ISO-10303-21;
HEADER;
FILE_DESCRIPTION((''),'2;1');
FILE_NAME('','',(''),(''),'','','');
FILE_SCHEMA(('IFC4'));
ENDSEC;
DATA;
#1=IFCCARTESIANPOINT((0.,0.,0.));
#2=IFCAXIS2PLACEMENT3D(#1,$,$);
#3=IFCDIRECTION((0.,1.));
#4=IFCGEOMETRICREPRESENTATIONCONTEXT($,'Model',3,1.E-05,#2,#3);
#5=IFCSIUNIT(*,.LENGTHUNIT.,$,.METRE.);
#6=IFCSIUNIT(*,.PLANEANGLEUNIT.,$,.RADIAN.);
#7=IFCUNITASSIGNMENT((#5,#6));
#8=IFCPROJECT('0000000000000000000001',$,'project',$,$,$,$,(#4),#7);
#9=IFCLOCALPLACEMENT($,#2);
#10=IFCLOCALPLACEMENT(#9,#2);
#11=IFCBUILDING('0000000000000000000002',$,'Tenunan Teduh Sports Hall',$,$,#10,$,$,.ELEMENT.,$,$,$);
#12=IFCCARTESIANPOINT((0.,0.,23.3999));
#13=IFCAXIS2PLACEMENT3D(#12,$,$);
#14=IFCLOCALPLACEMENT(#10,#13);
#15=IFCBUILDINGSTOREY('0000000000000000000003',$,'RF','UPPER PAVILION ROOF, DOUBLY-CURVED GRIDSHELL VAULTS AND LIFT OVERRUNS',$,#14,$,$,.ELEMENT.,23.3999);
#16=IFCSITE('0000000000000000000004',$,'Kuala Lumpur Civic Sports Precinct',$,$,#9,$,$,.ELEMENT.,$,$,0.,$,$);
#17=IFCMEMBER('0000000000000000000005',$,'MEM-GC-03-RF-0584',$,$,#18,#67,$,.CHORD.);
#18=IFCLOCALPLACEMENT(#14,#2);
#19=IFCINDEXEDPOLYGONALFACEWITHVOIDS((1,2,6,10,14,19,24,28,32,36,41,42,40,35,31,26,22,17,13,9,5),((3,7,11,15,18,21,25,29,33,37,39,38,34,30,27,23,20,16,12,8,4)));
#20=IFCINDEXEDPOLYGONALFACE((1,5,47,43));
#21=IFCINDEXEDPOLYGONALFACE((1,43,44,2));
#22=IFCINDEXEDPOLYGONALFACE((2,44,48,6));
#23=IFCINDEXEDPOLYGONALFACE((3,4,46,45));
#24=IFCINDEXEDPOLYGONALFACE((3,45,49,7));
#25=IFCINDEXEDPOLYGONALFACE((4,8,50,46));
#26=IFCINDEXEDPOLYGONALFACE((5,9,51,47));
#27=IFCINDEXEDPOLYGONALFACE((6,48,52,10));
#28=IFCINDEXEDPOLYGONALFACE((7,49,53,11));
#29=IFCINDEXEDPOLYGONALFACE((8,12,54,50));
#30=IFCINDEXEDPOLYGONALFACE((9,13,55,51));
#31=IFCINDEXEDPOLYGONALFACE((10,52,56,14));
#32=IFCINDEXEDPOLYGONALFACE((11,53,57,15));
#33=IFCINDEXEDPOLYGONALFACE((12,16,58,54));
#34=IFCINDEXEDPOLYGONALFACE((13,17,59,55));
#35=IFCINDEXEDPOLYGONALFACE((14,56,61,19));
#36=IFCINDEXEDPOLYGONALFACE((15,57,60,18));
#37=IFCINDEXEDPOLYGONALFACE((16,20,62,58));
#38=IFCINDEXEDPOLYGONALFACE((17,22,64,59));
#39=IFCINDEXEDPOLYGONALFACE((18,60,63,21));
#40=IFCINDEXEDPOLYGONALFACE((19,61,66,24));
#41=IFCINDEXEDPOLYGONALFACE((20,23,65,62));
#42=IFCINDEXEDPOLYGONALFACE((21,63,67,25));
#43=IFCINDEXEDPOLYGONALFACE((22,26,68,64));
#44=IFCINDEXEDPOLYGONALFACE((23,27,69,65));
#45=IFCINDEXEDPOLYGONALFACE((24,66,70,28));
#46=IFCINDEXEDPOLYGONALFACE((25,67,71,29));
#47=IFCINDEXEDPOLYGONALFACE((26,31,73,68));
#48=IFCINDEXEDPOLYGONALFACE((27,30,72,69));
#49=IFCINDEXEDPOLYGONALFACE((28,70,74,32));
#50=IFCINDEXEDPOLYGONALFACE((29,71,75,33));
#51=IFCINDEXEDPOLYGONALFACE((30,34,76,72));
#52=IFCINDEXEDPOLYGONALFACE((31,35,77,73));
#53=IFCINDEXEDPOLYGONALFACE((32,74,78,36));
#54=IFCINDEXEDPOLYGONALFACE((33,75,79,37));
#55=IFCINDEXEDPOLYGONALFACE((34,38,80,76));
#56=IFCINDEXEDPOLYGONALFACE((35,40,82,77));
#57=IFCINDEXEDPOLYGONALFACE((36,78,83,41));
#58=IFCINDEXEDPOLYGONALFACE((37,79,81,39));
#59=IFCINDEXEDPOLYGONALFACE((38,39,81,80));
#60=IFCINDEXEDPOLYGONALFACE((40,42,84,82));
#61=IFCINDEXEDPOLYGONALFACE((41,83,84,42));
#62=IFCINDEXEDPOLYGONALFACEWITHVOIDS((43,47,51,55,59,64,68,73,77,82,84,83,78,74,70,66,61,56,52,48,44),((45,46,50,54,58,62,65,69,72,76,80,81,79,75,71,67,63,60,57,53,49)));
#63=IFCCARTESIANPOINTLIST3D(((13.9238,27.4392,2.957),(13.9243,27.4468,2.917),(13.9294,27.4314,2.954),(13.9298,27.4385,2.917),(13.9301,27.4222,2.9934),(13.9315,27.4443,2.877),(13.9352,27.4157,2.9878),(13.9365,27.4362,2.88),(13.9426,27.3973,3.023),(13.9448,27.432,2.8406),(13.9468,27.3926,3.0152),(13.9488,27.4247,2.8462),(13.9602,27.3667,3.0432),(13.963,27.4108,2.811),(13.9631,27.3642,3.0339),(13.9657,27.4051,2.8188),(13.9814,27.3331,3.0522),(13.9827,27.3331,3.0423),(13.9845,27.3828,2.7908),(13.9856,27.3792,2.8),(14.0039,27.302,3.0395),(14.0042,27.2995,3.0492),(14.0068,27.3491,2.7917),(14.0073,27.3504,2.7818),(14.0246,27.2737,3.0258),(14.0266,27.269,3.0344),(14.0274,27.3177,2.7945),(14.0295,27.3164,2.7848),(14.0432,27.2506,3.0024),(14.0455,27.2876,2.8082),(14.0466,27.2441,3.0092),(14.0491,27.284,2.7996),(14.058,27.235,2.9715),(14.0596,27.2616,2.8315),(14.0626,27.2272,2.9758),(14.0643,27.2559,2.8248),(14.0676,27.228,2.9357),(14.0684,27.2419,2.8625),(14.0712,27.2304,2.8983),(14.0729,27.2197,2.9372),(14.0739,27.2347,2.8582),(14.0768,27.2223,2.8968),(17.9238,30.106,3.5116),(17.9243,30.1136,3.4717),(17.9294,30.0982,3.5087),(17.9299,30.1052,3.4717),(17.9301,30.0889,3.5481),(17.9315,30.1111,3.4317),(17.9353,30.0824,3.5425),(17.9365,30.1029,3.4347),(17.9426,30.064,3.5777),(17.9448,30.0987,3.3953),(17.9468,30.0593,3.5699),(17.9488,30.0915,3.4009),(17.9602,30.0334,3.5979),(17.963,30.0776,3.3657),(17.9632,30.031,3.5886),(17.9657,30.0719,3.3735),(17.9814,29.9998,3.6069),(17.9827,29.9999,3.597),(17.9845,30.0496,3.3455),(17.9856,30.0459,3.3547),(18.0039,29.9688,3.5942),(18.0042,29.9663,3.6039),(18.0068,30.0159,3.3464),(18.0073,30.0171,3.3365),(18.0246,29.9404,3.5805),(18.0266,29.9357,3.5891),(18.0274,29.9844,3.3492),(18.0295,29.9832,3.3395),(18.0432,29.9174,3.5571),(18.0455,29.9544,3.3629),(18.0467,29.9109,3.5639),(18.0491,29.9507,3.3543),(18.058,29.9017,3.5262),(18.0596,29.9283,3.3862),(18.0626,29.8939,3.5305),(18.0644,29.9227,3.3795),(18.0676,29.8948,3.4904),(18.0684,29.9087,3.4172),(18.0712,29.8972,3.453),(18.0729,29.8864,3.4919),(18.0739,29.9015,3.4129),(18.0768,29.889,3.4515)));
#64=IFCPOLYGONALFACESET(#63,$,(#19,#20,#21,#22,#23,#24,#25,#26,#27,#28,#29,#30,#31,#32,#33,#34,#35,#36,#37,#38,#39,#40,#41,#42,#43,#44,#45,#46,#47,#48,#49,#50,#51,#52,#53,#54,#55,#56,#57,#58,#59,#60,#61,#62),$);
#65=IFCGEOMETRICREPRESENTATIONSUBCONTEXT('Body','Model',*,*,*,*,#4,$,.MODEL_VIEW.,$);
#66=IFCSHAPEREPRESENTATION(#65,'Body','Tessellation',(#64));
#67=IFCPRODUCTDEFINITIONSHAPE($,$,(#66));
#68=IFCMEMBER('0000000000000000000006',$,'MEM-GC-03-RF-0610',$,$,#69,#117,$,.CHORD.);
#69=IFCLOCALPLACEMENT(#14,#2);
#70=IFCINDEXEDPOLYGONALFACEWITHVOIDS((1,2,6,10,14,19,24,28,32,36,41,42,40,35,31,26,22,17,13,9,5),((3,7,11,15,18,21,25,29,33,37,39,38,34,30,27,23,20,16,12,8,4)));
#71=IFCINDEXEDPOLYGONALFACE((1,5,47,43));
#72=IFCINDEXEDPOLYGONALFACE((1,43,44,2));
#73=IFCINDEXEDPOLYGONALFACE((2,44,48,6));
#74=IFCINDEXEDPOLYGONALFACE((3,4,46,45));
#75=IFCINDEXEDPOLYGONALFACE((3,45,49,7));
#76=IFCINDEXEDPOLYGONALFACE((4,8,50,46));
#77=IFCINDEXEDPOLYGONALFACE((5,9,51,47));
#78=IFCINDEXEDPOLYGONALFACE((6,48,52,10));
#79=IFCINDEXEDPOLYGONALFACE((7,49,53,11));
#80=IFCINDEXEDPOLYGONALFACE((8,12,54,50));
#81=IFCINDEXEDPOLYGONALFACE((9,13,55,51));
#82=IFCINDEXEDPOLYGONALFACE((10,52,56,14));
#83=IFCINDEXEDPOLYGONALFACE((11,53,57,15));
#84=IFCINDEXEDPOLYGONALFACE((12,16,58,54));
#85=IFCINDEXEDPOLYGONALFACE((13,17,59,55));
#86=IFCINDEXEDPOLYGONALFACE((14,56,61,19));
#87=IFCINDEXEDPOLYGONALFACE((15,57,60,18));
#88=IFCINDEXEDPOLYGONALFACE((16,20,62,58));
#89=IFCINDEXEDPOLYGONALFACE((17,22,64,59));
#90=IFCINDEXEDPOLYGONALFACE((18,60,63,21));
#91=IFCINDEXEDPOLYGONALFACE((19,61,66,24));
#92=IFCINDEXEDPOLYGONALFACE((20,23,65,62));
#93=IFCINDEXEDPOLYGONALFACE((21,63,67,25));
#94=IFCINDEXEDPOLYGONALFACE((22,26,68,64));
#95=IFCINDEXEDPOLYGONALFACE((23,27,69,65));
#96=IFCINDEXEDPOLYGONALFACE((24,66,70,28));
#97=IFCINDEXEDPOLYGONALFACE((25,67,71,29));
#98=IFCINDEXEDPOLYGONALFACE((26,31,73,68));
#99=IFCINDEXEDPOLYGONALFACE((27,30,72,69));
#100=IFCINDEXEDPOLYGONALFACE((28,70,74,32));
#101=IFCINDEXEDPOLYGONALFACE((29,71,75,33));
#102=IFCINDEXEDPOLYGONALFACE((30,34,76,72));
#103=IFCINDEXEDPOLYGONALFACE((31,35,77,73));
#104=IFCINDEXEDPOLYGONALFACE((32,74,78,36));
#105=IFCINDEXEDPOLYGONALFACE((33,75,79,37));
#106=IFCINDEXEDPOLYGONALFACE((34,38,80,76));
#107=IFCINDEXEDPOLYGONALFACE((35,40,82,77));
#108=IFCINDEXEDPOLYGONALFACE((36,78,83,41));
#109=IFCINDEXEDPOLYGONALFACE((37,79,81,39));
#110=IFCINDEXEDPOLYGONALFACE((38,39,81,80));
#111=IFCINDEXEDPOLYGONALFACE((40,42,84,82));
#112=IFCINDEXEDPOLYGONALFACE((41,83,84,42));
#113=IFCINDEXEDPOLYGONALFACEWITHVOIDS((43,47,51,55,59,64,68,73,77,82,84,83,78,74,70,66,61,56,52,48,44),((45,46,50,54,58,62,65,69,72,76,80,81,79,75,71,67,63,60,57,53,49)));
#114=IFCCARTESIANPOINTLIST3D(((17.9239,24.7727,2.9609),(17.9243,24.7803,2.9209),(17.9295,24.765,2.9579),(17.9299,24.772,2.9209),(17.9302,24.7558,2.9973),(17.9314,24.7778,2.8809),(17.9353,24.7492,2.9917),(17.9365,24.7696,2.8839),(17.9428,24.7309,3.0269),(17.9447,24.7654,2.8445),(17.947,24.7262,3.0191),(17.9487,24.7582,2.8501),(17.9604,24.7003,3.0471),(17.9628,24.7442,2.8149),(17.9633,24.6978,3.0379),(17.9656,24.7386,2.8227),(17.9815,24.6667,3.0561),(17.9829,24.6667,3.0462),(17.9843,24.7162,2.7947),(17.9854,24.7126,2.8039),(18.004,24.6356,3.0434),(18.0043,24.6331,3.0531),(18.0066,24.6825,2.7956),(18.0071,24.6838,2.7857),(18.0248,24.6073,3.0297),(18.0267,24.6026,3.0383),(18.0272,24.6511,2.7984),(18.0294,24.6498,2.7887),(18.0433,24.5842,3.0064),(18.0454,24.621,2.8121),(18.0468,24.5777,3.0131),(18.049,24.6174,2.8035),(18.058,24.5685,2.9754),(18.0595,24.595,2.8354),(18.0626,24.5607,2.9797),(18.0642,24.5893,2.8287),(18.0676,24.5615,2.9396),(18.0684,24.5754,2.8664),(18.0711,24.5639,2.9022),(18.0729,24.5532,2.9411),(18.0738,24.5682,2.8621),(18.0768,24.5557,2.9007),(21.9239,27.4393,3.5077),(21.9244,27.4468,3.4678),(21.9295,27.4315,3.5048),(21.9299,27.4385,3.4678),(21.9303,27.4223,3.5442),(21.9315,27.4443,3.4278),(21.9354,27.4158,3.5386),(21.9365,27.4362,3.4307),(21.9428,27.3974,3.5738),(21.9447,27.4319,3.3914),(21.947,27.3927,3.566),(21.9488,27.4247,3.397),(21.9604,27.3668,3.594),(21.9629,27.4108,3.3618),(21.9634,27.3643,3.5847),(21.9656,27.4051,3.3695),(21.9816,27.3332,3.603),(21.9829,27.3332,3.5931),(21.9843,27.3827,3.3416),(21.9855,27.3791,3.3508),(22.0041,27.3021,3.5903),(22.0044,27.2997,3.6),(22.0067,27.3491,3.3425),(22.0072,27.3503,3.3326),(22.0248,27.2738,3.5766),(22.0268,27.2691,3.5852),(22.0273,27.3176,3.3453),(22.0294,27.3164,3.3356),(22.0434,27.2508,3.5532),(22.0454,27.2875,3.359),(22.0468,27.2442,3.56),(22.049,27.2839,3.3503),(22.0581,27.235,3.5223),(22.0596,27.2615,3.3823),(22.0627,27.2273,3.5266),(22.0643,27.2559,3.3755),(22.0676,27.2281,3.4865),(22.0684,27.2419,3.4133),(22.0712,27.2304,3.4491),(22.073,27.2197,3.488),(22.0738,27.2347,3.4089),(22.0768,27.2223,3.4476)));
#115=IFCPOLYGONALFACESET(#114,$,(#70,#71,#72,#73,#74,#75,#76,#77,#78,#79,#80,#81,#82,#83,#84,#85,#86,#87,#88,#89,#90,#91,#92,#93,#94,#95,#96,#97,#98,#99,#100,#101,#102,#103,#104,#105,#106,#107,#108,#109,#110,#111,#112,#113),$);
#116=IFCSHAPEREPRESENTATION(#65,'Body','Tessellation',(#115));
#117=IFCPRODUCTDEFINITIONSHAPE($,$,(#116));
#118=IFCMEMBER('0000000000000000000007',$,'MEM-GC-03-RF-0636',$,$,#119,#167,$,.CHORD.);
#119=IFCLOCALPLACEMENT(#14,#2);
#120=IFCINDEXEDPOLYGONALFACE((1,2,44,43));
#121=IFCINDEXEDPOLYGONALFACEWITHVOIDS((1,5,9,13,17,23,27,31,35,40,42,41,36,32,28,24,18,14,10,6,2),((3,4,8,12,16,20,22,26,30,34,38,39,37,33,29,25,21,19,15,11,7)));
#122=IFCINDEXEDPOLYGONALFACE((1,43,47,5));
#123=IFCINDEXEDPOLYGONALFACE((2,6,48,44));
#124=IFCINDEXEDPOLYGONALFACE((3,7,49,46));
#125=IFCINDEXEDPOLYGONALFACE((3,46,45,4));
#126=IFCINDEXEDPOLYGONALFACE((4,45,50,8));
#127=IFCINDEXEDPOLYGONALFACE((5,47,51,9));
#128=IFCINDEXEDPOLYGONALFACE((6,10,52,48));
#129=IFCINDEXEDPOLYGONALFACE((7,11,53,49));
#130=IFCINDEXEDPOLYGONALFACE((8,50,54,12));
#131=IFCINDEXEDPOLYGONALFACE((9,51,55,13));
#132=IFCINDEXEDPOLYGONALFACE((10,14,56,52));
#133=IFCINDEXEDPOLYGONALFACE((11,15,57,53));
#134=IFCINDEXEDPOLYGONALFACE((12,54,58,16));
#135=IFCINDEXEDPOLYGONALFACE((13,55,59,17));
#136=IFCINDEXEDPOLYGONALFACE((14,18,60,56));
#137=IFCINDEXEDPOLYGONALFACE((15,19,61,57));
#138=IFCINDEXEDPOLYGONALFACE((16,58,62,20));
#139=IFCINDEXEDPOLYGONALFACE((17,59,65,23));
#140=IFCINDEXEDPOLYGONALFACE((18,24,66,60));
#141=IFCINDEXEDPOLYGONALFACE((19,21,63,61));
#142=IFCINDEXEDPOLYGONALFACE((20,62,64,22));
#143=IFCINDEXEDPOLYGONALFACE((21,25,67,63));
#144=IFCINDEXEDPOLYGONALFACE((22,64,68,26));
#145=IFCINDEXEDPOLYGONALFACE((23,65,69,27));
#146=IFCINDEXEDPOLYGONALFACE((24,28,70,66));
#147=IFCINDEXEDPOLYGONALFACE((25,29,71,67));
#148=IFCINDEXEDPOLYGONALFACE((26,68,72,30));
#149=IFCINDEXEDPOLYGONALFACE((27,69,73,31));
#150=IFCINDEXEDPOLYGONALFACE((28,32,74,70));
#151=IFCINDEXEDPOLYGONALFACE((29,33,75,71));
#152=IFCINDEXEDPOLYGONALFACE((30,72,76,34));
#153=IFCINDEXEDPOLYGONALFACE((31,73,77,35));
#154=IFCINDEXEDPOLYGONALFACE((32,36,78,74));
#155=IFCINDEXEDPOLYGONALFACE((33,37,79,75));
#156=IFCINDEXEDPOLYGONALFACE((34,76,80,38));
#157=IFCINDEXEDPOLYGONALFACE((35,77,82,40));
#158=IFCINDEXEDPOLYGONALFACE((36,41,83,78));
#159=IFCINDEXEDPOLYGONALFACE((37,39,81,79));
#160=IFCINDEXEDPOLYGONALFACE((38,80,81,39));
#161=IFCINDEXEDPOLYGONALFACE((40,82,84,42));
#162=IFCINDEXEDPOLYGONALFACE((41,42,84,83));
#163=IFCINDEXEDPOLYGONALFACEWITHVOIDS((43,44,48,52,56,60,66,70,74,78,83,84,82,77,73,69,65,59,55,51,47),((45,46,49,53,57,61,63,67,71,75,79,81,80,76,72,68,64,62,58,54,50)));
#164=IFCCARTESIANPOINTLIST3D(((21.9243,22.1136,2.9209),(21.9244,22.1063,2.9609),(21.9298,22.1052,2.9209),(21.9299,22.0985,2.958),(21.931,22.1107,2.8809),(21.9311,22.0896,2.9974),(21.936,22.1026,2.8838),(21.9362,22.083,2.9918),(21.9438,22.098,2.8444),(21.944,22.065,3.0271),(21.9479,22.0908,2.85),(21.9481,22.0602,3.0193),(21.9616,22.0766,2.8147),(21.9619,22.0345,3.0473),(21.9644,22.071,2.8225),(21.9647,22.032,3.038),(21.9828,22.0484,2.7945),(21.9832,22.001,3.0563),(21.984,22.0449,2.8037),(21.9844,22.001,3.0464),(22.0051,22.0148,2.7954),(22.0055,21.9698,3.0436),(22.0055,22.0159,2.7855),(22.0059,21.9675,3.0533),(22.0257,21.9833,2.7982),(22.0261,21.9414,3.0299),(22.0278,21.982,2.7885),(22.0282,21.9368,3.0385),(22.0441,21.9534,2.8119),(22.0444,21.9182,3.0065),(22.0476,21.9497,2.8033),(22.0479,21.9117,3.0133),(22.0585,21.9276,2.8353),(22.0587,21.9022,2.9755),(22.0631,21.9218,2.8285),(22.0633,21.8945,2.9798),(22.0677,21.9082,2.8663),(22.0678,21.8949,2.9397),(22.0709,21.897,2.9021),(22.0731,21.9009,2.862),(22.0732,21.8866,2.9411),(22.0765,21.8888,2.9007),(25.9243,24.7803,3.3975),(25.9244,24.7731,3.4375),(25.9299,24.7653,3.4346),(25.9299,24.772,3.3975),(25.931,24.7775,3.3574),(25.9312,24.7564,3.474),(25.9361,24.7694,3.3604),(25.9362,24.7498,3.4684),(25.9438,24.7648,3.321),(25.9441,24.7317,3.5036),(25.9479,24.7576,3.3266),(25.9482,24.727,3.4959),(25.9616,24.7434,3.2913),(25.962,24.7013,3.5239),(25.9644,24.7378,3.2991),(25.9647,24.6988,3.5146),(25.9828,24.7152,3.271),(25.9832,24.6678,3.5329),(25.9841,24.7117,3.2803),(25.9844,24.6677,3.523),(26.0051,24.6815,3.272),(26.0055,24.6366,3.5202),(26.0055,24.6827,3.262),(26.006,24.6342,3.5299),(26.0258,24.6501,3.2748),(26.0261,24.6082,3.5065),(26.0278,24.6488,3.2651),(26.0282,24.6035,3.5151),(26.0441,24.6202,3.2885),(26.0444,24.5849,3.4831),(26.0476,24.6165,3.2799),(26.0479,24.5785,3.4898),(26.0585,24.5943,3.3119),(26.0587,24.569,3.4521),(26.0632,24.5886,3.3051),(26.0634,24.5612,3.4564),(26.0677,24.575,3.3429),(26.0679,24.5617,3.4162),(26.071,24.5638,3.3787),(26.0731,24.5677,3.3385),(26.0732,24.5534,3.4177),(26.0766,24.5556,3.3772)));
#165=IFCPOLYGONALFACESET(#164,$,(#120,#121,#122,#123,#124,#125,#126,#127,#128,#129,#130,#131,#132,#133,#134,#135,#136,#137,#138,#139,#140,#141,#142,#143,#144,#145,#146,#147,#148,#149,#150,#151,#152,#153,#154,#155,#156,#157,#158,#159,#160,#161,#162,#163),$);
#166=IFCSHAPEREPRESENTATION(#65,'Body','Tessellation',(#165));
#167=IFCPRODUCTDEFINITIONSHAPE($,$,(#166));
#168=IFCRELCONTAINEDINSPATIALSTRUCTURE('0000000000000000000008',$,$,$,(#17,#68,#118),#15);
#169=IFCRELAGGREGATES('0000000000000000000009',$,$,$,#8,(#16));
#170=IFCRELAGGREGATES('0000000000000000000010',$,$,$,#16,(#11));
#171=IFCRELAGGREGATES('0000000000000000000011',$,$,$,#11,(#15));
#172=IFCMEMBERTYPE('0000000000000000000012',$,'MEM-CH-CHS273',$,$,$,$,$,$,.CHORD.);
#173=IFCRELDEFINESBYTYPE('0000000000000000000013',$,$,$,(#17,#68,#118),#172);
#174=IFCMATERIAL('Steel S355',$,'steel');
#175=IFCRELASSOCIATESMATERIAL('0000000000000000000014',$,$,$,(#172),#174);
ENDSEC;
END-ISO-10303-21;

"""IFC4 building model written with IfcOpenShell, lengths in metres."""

from ifc_helpers import new_model, si_unit, direction, frame, origin, origin_2d, place, context, subcontext, project, spatial, hollow_circle, extrude, material, material_profile, profile_set, type_object, element, save


model = new_model("IFC4")

# Units and contexts
model_context = context("Model", 3, precision=1e-05, world=origin(), true_north=direction((0.0, 1.0)))
body_context = subcontext(model_context, "Body", "Model", "MODEL_VIEW")
ifc_project = project(units=[si_unit("LENGTHUNIT", "METRE"), si_unit("PLANEANGLEUNIT", "RADIAN")], contexts=[model_context])

# Site, building, storey
site_placement = place(None, origin())
site = spatial("IfcSite", under=ifc_project, at=site_placement, Name="Kuala Lumpur Civic Sports Precinct", CompositionType="ELEMENT", RefElevation=0.0)
building_placement = place(site_placement, origin())
building = spatial("IfcBuilding", under=site, at=building_placement, Name="Tenunan Teduh Sports Hall", CompositionType="ELEMENT")
storey_placement = place(building_placement, frame((0.0, 0.0, 23.3999)))
storey = spatial("IfcBuildingStorey", under=building, at=storey_placement, Name="RF", Description="UPPER PAVILION ROOF, DOUBLY-CURVED GRIDSHELL VAULTS AND LIFT OVERRUNS", CompositionType="ELEMENT", Elevation=23.3999)

# Members
ifc_material_1 = material(Name="Steel S355", Category="steel")
ifc_material_profile_1 = material_profile(ifc_material_1, hollow_circle(Radius=0.1365, WallThickness=0.01, at=origin_2d()), Name="CHS 273.0x10.0")
ifc_profile_set_1 = profile_set([ifc_material_profile_1], Name="Steel S355")
member_type_1 = type_object("IfcMemberType", Name="MEM-CH-CHS273", PredefinedType="CHORD", material=ifc_profile_set_1)
member_1_placement = place(storey_placement, frame((14.0, 27.3333, 2.917), z_axis=(0.826559, 0.551056, 0.11462), x_axis=(-0.554712, 0.832042, 0.0)))
element("IfcMember", 1, at=member_1_placement, inside=storey, type_object=member_type_1, Name="MEM-GC-03-RF-0584", PredefinedType="CHORD", context=body_context, shape_type="SweptSolid", body=[
    extrude(hollow_circle(Radius=0.1365, WallThickness=0.01, at=origin_2d()), origin(), (0.0, 0.0, 1.0), 4.8394),
])
member_2_placement = place(storey_placement, frame((18.0, 24.6667, 2.9209), z_axis=(0.826734, 0.551122, 0.11303), x_axis=(-0.554677, 0.832066, 0.0)))
element("IfcMember", 2, at=member_2_placement, inside=storey, type_object=member_type_1, Name="MEM-GC-03-RF-0610", PredefinedType="CHORD", context=body_context, shape_type="SweptSolid", body=[
    extrude(hollow_circle(Radius=0.1365, WallThickness=0.01, at=origin_2d()), origin(), (0.0, 0.0, 1.0), 4.8384),
])
member_3_placement = place(storey_placement, frame((22.0, 22.0, 2.9209), z_axis=(0.827984, 0.552006, 0.098647), x_axis=(-0.554712, 0.832042, 0.0)))
element("IfcMember", 3, at=member_3_placement, inside=storey, type_object=member_type_1, Name="MEM-GC-03-RF-0636", PredefinedType="CHORD", context=body_context, shape_type="SweptSolid", body=[
    extrude(hollow_circle(Radius=0.1365, WallThickness=0.01, at=origin_2d()), origin(), (0.0, 0.0, 1.0), 4.8311),
])

save(model, "model.ifc")
